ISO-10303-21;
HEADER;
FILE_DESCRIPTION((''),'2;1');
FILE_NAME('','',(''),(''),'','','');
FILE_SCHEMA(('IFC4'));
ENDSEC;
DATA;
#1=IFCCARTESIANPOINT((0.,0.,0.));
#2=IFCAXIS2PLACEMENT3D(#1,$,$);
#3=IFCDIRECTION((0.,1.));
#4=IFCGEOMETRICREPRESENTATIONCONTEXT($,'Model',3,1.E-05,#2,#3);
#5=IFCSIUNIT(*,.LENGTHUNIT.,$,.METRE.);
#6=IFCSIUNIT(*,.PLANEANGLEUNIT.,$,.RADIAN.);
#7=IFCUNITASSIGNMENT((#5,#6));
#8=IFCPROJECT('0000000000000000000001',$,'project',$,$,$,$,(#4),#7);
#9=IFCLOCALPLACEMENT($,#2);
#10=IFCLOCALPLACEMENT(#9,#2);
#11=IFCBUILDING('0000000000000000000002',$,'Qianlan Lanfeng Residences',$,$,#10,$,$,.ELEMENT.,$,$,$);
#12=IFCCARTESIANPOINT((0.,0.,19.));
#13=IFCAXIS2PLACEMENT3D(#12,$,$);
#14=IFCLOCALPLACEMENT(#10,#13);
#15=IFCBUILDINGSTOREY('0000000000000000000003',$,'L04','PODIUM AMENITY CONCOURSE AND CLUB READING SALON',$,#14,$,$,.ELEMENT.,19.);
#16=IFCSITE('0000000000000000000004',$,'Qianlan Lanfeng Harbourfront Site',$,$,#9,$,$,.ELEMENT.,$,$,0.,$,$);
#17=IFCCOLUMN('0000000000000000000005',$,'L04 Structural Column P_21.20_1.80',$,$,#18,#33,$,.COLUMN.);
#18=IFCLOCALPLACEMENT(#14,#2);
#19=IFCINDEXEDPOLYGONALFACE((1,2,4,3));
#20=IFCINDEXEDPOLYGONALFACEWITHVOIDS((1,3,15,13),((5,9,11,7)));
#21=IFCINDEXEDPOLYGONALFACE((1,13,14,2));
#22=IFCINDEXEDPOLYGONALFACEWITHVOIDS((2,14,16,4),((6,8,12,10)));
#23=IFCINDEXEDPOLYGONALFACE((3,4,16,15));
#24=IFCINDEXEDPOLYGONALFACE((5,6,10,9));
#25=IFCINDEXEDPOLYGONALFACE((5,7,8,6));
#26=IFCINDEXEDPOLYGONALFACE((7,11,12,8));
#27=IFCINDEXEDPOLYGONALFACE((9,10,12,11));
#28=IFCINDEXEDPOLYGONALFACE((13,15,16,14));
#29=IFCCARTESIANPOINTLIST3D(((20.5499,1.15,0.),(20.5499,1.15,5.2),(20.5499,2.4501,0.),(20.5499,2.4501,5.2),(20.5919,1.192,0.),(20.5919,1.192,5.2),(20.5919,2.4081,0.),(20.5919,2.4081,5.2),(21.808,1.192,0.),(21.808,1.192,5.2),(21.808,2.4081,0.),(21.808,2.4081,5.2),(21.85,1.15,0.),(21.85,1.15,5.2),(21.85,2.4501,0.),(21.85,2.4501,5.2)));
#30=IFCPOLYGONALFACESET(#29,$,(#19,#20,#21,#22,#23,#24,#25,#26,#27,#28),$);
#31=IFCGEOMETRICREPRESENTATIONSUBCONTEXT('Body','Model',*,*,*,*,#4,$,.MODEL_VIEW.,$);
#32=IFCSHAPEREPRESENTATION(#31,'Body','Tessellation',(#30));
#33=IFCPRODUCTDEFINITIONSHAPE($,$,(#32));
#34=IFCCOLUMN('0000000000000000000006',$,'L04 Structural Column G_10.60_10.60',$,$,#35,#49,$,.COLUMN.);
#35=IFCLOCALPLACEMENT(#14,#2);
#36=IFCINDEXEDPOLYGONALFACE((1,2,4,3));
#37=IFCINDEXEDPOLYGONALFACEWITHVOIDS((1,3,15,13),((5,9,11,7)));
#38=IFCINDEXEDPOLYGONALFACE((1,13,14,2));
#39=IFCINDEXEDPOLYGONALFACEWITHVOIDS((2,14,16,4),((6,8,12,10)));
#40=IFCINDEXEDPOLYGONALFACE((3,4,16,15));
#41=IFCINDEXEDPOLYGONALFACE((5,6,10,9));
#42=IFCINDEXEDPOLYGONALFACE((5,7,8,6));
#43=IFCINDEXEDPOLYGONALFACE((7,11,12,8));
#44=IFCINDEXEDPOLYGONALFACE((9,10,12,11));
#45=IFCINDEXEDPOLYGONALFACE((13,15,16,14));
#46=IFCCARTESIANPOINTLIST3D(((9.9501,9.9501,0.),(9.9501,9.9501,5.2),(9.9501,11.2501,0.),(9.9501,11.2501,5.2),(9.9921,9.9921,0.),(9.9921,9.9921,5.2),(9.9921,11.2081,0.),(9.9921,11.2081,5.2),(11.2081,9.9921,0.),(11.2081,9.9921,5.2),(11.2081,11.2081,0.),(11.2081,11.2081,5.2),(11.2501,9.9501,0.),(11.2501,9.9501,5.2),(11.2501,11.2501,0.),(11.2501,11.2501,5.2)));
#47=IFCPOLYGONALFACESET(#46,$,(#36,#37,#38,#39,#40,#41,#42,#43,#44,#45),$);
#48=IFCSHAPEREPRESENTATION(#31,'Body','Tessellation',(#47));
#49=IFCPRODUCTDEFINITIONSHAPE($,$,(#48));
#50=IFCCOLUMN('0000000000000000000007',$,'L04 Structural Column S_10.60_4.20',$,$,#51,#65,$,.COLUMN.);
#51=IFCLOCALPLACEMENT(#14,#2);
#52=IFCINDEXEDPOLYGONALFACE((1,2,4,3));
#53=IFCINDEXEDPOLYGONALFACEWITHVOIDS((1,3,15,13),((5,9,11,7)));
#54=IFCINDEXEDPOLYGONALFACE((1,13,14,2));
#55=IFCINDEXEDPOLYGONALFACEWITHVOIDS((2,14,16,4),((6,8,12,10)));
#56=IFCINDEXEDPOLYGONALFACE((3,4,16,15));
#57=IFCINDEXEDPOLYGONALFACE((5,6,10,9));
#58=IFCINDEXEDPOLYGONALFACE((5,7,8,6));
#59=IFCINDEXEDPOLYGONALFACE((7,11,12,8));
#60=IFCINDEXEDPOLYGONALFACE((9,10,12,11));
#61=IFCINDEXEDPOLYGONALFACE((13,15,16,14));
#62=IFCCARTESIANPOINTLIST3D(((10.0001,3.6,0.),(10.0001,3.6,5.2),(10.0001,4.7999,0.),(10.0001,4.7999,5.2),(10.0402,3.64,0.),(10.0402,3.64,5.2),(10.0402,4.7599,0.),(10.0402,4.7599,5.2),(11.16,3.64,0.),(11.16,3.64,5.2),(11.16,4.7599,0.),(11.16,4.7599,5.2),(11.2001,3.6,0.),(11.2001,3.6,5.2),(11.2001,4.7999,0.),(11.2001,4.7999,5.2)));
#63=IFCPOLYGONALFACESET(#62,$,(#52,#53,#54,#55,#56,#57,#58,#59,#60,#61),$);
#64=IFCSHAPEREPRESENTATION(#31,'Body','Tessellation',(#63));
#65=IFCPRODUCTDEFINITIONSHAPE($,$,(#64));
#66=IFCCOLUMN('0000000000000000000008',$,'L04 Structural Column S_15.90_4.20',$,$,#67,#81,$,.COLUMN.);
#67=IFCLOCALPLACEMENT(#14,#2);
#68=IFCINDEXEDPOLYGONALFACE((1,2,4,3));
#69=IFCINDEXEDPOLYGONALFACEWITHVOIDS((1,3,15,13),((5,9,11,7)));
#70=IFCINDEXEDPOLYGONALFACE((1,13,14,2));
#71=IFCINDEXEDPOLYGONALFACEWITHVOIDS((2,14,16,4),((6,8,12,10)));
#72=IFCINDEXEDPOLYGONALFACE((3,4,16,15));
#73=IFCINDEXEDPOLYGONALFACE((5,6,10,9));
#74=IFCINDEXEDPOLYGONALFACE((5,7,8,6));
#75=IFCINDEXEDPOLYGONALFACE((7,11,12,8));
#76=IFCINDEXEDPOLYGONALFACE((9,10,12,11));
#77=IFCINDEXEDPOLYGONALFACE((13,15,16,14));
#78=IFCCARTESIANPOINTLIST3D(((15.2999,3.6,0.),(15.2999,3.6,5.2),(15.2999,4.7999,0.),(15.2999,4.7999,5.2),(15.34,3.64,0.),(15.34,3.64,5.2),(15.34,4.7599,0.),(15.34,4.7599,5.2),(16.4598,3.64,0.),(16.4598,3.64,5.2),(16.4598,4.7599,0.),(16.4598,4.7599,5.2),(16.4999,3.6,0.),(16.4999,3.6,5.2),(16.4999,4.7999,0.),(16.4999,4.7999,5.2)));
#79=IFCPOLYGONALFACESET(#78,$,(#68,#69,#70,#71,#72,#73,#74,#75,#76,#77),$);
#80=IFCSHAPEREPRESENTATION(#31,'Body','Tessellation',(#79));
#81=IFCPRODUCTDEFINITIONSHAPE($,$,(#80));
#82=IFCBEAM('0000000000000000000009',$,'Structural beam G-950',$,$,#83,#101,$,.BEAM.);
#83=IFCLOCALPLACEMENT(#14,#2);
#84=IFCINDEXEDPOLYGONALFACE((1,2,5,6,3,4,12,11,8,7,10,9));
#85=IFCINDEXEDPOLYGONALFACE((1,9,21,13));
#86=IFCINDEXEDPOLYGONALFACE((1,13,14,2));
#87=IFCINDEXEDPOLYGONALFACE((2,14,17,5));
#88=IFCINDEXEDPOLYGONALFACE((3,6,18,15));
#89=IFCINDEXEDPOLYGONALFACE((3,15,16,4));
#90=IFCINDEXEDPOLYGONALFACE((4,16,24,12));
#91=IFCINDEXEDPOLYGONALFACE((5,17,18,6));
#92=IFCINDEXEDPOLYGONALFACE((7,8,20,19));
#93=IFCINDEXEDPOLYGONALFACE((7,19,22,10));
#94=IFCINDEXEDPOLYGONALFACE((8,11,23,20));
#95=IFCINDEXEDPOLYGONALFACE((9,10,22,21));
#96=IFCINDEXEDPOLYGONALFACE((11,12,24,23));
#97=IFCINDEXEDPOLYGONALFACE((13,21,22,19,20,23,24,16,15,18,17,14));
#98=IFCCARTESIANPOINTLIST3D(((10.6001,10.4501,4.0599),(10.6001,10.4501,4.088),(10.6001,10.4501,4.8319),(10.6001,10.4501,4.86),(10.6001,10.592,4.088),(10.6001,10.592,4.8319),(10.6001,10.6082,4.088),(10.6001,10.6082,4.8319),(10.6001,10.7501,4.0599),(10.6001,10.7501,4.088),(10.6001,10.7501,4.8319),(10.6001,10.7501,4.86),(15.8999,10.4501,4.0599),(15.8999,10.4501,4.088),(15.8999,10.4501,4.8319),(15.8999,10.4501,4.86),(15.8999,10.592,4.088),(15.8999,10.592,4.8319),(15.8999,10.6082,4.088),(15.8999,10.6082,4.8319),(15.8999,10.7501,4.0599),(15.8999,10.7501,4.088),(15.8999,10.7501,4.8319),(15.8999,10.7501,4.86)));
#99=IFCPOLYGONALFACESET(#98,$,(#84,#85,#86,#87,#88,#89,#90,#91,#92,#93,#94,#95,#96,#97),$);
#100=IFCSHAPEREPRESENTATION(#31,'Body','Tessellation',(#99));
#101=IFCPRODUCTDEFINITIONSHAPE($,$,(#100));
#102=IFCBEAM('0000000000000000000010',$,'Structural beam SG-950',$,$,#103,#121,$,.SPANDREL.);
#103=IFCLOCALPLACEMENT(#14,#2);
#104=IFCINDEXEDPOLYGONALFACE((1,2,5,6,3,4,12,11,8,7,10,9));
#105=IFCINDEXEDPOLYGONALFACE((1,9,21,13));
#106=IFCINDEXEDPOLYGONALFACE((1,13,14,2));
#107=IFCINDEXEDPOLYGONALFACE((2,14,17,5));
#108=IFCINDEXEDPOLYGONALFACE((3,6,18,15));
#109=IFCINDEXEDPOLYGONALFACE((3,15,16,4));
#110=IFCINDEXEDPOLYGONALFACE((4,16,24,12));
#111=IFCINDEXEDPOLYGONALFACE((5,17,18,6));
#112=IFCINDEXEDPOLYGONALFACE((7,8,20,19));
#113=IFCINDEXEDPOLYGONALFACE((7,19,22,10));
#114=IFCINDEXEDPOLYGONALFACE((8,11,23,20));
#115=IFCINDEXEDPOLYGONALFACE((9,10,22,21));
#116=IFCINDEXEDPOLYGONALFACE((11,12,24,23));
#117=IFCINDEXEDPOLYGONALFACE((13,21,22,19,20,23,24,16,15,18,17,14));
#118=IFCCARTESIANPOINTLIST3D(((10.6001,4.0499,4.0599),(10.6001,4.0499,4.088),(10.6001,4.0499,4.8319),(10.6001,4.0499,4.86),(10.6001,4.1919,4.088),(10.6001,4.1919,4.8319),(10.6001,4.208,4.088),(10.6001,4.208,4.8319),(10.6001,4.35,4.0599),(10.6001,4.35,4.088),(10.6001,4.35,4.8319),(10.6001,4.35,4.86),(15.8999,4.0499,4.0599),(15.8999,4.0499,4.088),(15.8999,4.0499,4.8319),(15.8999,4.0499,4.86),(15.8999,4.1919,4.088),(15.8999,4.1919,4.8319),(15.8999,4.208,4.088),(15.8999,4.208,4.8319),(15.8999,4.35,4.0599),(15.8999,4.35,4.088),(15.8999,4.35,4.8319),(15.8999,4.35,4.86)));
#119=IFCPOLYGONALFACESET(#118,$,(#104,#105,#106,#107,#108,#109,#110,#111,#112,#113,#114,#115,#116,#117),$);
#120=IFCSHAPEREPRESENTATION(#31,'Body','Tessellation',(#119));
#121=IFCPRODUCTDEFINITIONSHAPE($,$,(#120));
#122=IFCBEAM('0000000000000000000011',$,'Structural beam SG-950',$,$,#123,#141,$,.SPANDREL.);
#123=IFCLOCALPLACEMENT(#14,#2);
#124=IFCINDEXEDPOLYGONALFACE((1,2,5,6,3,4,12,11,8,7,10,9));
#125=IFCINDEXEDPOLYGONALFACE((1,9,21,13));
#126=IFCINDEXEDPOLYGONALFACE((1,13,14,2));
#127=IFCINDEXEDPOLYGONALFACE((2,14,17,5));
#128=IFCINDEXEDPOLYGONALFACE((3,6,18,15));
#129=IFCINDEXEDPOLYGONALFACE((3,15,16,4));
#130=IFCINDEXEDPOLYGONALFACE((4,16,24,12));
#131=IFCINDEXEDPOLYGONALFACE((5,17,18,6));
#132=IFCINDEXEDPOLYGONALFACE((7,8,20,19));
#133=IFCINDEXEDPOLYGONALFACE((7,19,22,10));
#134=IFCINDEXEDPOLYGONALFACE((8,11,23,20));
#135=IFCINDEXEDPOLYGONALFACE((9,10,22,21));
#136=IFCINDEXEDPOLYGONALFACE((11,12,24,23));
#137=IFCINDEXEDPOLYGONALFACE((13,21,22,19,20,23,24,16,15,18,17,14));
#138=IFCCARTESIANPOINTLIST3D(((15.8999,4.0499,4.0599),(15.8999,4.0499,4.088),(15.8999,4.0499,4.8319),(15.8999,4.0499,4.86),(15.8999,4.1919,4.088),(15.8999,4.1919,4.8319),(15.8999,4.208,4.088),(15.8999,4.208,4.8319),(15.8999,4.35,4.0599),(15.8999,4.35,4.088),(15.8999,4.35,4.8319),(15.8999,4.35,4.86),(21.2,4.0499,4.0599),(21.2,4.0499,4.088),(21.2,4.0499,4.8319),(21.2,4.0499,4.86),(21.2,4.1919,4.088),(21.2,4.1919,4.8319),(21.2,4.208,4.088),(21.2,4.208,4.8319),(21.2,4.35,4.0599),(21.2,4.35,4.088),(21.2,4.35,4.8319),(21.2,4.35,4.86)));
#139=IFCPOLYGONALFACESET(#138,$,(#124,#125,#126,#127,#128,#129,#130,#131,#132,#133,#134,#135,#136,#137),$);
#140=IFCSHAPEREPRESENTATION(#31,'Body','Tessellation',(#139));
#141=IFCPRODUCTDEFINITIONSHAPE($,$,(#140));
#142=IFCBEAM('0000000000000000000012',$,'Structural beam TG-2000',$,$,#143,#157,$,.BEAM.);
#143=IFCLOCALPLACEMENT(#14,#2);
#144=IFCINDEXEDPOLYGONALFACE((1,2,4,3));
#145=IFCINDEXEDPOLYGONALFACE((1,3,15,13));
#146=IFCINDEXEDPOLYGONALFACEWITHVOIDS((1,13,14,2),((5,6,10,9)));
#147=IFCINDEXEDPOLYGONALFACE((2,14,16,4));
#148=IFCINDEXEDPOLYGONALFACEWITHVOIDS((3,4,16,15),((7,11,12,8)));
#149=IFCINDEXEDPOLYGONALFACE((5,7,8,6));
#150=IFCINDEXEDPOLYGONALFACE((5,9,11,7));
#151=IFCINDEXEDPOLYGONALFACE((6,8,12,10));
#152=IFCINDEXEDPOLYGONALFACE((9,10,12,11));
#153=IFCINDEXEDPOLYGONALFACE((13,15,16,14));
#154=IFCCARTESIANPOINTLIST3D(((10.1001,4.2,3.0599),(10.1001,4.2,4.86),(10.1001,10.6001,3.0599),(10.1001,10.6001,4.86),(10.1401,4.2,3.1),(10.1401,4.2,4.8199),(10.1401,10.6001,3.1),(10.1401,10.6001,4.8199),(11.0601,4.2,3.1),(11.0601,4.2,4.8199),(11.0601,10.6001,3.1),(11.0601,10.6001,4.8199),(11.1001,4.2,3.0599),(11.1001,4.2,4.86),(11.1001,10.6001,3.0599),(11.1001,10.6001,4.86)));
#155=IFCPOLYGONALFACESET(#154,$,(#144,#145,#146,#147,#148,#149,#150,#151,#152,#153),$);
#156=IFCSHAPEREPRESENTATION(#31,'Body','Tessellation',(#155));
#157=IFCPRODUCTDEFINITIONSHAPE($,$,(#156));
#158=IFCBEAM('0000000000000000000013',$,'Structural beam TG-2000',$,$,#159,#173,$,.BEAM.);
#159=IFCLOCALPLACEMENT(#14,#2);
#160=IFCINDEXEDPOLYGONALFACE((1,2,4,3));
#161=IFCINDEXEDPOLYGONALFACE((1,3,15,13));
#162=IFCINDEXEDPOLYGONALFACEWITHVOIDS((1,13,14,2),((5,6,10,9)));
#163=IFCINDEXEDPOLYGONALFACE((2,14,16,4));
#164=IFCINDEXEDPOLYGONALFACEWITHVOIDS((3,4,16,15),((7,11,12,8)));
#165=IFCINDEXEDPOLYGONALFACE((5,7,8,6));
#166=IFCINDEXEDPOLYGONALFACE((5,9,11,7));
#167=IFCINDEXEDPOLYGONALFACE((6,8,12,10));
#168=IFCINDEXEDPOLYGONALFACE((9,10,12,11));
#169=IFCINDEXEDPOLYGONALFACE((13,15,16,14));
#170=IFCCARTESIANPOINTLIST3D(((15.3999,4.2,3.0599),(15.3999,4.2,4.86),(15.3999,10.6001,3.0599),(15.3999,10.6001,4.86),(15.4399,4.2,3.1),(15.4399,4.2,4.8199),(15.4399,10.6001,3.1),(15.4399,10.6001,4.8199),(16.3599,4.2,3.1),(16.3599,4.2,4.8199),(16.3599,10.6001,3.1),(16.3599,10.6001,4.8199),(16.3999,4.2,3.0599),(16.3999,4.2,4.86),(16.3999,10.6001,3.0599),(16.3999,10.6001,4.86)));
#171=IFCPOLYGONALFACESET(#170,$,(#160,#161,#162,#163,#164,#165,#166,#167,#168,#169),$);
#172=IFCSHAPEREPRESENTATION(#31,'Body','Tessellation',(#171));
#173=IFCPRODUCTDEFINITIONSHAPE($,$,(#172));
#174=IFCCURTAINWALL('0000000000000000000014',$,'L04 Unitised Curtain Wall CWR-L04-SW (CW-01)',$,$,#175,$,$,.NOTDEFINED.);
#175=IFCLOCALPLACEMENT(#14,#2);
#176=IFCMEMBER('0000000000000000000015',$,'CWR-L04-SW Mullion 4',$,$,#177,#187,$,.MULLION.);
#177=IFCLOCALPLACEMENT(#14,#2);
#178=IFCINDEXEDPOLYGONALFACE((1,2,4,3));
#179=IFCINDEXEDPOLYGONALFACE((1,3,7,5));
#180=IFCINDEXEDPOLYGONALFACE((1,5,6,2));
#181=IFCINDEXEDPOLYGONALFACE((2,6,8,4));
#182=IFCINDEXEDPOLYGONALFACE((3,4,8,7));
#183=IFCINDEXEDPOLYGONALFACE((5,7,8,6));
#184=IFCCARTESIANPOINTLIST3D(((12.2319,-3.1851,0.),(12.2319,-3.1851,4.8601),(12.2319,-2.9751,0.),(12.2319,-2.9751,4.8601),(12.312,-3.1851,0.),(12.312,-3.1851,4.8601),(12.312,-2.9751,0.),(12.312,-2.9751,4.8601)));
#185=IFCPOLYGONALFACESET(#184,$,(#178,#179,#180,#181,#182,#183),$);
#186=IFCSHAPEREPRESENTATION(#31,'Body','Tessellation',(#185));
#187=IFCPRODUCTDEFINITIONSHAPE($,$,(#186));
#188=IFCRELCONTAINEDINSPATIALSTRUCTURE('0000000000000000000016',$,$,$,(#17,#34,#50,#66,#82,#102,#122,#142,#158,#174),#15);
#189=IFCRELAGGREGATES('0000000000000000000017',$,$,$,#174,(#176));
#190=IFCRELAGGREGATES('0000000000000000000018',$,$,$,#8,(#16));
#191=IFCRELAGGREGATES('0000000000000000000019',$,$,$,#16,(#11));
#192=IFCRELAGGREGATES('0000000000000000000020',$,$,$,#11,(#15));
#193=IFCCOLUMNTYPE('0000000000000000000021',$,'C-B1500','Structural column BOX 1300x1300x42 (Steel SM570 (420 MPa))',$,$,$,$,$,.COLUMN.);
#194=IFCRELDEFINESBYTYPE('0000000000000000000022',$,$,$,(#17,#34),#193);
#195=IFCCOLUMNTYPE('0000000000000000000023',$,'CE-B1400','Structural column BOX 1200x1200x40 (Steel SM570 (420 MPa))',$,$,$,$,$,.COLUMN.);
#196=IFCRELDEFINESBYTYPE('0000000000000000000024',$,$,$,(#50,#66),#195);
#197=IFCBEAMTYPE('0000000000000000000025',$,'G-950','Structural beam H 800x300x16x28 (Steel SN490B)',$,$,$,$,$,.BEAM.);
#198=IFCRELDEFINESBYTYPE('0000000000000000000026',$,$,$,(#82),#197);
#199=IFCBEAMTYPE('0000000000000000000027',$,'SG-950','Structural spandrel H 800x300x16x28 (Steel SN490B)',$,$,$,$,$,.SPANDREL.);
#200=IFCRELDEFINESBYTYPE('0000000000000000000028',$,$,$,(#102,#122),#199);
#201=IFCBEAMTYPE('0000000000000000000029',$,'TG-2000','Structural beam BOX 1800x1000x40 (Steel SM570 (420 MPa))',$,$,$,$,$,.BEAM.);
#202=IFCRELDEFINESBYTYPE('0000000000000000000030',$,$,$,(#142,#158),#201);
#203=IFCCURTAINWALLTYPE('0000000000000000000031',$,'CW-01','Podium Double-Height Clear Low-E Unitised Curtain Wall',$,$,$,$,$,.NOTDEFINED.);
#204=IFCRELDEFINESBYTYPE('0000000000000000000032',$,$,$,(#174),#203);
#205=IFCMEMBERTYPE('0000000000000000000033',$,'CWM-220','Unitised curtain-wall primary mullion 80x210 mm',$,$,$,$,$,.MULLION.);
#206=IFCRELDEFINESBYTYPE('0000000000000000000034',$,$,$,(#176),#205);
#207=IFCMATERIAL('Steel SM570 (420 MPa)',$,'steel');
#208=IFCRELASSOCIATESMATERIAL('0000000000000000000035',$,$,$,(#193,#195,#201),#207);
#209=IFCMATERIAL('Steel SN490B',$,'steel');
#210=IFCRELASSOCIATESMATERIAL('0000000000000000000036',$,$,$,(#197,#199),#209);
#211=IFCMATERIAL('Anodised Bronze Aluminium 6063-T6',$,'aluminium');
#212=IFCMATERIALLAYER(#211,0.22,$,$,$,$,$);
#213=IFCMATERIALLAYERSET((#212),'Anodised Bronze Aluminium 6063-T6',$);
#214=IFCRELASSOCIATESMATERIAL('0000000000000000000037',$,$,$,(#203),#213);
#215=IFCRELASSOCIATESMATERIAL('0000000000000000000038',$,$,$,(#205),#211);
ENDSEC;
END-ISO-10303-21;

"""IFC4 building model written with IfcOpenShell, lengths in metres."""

from ifc_helpers import new_model, si_unit, direction, frame, origin, origin_2d, place, context, subcontext, project, spatial, rectangle, hollow_rectangle, i_section, extrude, source, transform, mapped, material, layer, layer_set, material_profile, profile_set, type_object, element, aggregate, save


model = new_model("IFC4")

# Units and contexts
model_context = context("Model", 3, precision=1e-05, world=origin(), true_north=direction((0.0, 1.0)))
body_context = subcontext(model_context, "Body", "Model", "MODEL_VIEW")
ifc_project = project(units=[si_unit("LENGTHUNIT", "METRE"), si_unit("PLANEANGLEUNIT", "RADIAN")], contexts=[model_context])

# Site, building, storey
site_placement = place(None, origin())
site = spatial("IfcSite", under=ifc_project, at=site_placement, Name="Qianlan Lanfeng Harbourfront Site", CompositionType="ELEMENT", RefElevation=0.0)
building_placement = place(site_placement, origin())
building = spatial("IfcBuilding", under=site, at=building_placement, Name="Qianlan Lanfeng Residences", CompositionType="ELEMENT")
storey_placement = place(building_placement, frame((0.0, 0.0, 19.0)))
storey = spatial("IfcBuildingStorey", under=building, at=storey_placement, Name="L04", Description="PODIUM AMENITY CONCOURSE AND CLUB READING SALON", CompositionType="ELEMENT", Elevation=19.0)

# Columns
ifc_material_1 = material(Name="Steel SM570 (420 MPa)", Category="steel")
ifc_material_profile_1 = material_profile(ifc_material_1, hollow_rectangle(XDim=1.3, YDim=1.3, WallThickness=0.042, at=origin_2d()), Name="BOX 1300x1300x42")
ifc_profile_set_1 = profile_set([ifc_material_profile_1], Name="Steel SM570 (420 MPa)")
column_type_1 = type_object("IfcColumnType", Name="C-B1500", Description="Structural column BOX 1300x1300x42 (Steel SM570 (420 MPa))", PredefinedType="COLUMN", material=ifc_profile_set_1)
for number, where, z_axis, x_axis, name in (
    (1, (21.2, 1.8, 0.0), (0.0, 0.0, 1.0), (1.0, 0.0, 0.0), "L04 Structural Column P_21.20_1.80"),
    (2, (10.6001, 10.6001, 0.0), (0.0, 0.0, 1.0), (1.0, 0.0, 0.0), "L04 Structural Column G_10.60_10.60"),
):
    element("IfcColumn", number, at=place(storey_placement, frame(where, z_axis=z_axis, x_axis=x_axis)), inside=storey, type_object=column_type_1, Name=name, PredefinedType="COLUMN", context=body_context, shape_type="SweptSolid", body=[
        extrude(hollow_rectangle(XDim=1.3, YDim=1.3, WallThickness=0.042, at=origin_2d()), origin(), (0.0, 0.0, 1.0), 5.2),
    ])
ifc_material_profile_2 = material_profile(ifc_material_1, hollow_rectangle(XDim=1.2, YDim=1.2, WallThickness=0.04, at=origin_2d()), Name="BOX 1200x1200x40")
ifc_profile_set_2 = profile_set([ifc_material_profile_2], Name="Steel SM570 (420 MPa)")
column_type_2 = type_object("IfcColumnType", Name="CE-B1400", Description="Structural column BOX 1200x1200x40 (Steel SM570 (420 MPa))", PredefinedType="COLUMN", material=ifc_profile_set_2)
for number, where, z_axis, x_axis, name in (
    (3, (10.6001, 4.2, 0.0), (0.0, 0.0, 1.0), (1.0, 0.0, 0.0), "L04 Structural Column S_10.60_4.20"),
    (4, (15.8999, 4.2, 0.0), (0.0, 0.0, 1.0), (1.0, 0.0, 0.0), "L04 Structural Column S_15.90_4.20"),
):
    element("IfcColumn", number, at=place(storey_placement, frame(where, z_axis=z_axis, x_axis=x_axis)), inside=storey, type_object=column_type_2, Name=name, PredefinedType="COLUMN", context=body_context, shape_type="SweptSolid", body=[
        extrude(hollow_rectangle(XDim=1.2, YDim=1.2, WallThickness=0.04, at=origin_2d()), origin(), (0.0, 0.0, 1.0), 5.2),
    ])

# Beams
ifc_material_2 = material(Name="Steel SN490B", Category="steel")
ifc_material_profile_3 = material_profile(ifc_material_2, i_section(OverallWidth=0.3, OverallDepth=0.8, WebThickness=0.0161, FlangeThickness=0.0281, at=origin_2d()), Name="H 800x300x16x28")
ifc_profile_set_3 = profile_set([ifc_material_profile_3], Name="Steel SN490B")
beam_type_1 = type_object("IfcBeamType", Name="G-950", Description="Structural beam H 800x300x16x28 (Steel SN490B)", PredefinedType="BEAM", material=ifc_profile_set_3)
beam_1_placement = place(storey_placement, frame((10.6001, 10.6001, 4.46), z_axis=(1.0, 0.0, 0.0), x_axis=(0.0, 1.0, 0.0)))
element("IfcBeam", 5, at=beam_1_placement, inside=storey, type_object=beam_type_1, Name="Structural beam G-950", PredefinedType="BEAM", context=body_context, shape_type="SweptSolid", body=[
    extrude(i_section(OverallWidth=0.3, OverallDepth=0.8, WebThickness=0.0161, FlangeThickness=0.0281, at=origin_2d()), origin(), (0.0, 0.0, 1.0), 5.2998),
])
ifc_material_profile_4 = material_profile(ifc_material_2, i_section(OverallWidth=0.3, OverallDepth=0.8, WebThickness=0.0161, FlangeThickness=0.0281, at=origin_2d()), Name="H 800x300x16x28")
ifc_profile_set_4 = profile_set([ifc_material_profile_4], Name="Steel SN490B")
beam_type_2 = type_object("IfcBeamType", Name="SG-950", Description="Structural spandrel H 800x300x16x28 (Steel SN490B)", PredefinedType="SPANDREL", material=ifc_profile_set_4)
beam_2_placement = place(storey_placement, frame((10.6001, 4.2, 4.46), z_axis=(1.0, 0.0, 0.0), x_axis=(0.0, 1.0, 0.0)))
element("IfcBeam", 6, at=beam_2_placement, inside=storey, type_object=beam_type_2, Name="Structural beam SG-950", PredefinedType="SPANDREL", context=body_context, shape_type="SweptSolid", body=[
    extrude(i_section(OverallWidth=0.3, OverallDepth=0.8, WebThickness=0.0161, FlangeThickness=0.0281, at=origin_2d()), origin(), (0.0, 0.0, 1.0), 5.2998),
])
beam_3_placement = place(storey_placement, frame((15.8999, 4.2, 4.46), z_axis=(1.0, 0.0, 0.0), x_axis=(0.0, 1.0, 0.0)))
element("IfcBeam", 7, at=beam_3_placement, inside=storey, type_object=beam_type_2, Name="Structural beam SG-950", PredefinedType="SPANDREL", context=body_context, shape_type="SweptSolid", body=[
    extrude(i_section(OverallWidth=0.3, OverallDepth=0.8, WebThickness=0.0161, FlangeThickness=0.0281, at=origin_2d()), origin(), (0.0, 0.0, 1.0), 5.3),
])
ifc_material_profile_5 = material_profile(ifc_material_1, hollow_rectangle(XDim=1.0, YDim=1.8, WallThickness=0.04, at=origin_2d()), Name="BOX 1800x1000x40")
ifc_profile_set_5 = profile_set([ifc_material_profile_5], Name="Steel SM570 (420 MPa)")
beam_type_3 = type_object("IfcBeamType", Name="TG-2000", Description="Structural beam BOX 1800x1000x40 (Steel SM570 (420 MPa))", PredefinedType="BEAM", material=ifc_profile_set_5)
for number, where, z_axis, x_axis, name in (
    (8, (10.6001, 4.2, 3.96), (0.0, 1.0, 0.0), (-1.0, 0.0, 0.0), "Structural beam TG-2000"),
    (9, (15.8999, 4.2, 3.96), (0.0, 1.0, 0.0), (-1.0, 0.0, 0.0), "Structural beam TG-2000"),
):
    element("IfcBeam", number, at=place(storey_placement, frame(where, z_axis=z_axis, x_axis=x_axis)), inside=storey, type_object=beam_type_3, Name=name, PredefinedType="BEAM", context=body_context, shape_type="SweptSolid", body=[
        extrude(hollow_rectangle(XDim=1.0, YDim=1.8, WallThickness=0.04, at=origin_2d()), origin(), (0.0, 0.0, 1.0), 6.4001),
    ])

# Curtain wall, member
ifc_material_3 = material(Name="Anodised Bronze Aluminium 6063-T6", Category="aluminium")
ifc_layer_1 = layer(ifc_material_3, 0.22)
ifc_layer_set_1 = layer_set([ifc_layer_1], Name="Anodised Bronze Aluminium 6063-T6")
curtain_wall_type = type_object("IfcCurtainWallType", Name="CW-01", Description="Podium Double-Height Clear Low-E Unitised Curtain Wall", PredefinedType="NOTDEFINED", material=ifc_layer_set_1)
curtain_wall_placement = place(storey_placement, origin())
curtain_wall = element("IfcCurtainWall", 10, at=curtain_wall_placement, inside=storey, type_object=curtain_wall_type, Name="L04 Unitised Curtain Wall CWR-L04-SW (CW-01)", PredefinedType="NOTDEFINED")
ifc_material_profile_6 = material_profile(ifc_material_3, rectangle(XDim=0.0801, YDim=0.21, at=origin_2d()), Name="ALU MULLION 80x210")
ifc_profile_set_6 = profile_set([ifc_material_profile_6], Name="Anodised Bronze Aluminium 6063-T6")
member_type_1 = type_object("IfcMemberType", Name="CWM-220", Description="Unitised curtain-wall primary mullion 80x210 mm", PredefinedType="MULLION", material=ifc_profile_set_6)
shared_shape_1 = source(origin(), body_context, "Body", "SweptSolid", [
    extrude(rectangle(XDim=0.0801, YDim=0.21, at=origin_2d()), origin(), (0.0, 0.0, 1.0), 4.8601),
])
member_1_placement = place(storey_placement, frame((12.272, -3.0801, 0.0), z_axis=(0.0, 0.0, 1.0), x_axis=(1.0, 0.0, 0.0)))
member_1 = element("IfcMember", 11, at=member_1_placement, type_object=member_type_1, Name="CWR-L04-SW Mullion 4", PredefinedType="MULLION", context=body_context, shape_type="MappedRepresentation", body=[
    mapped(shared_shape_1, transform((0.0, 0.0, 0.0), scale=1.0)),
])

aggregate(curtain_wall, [member_1])

save(model, "model.ifc")
